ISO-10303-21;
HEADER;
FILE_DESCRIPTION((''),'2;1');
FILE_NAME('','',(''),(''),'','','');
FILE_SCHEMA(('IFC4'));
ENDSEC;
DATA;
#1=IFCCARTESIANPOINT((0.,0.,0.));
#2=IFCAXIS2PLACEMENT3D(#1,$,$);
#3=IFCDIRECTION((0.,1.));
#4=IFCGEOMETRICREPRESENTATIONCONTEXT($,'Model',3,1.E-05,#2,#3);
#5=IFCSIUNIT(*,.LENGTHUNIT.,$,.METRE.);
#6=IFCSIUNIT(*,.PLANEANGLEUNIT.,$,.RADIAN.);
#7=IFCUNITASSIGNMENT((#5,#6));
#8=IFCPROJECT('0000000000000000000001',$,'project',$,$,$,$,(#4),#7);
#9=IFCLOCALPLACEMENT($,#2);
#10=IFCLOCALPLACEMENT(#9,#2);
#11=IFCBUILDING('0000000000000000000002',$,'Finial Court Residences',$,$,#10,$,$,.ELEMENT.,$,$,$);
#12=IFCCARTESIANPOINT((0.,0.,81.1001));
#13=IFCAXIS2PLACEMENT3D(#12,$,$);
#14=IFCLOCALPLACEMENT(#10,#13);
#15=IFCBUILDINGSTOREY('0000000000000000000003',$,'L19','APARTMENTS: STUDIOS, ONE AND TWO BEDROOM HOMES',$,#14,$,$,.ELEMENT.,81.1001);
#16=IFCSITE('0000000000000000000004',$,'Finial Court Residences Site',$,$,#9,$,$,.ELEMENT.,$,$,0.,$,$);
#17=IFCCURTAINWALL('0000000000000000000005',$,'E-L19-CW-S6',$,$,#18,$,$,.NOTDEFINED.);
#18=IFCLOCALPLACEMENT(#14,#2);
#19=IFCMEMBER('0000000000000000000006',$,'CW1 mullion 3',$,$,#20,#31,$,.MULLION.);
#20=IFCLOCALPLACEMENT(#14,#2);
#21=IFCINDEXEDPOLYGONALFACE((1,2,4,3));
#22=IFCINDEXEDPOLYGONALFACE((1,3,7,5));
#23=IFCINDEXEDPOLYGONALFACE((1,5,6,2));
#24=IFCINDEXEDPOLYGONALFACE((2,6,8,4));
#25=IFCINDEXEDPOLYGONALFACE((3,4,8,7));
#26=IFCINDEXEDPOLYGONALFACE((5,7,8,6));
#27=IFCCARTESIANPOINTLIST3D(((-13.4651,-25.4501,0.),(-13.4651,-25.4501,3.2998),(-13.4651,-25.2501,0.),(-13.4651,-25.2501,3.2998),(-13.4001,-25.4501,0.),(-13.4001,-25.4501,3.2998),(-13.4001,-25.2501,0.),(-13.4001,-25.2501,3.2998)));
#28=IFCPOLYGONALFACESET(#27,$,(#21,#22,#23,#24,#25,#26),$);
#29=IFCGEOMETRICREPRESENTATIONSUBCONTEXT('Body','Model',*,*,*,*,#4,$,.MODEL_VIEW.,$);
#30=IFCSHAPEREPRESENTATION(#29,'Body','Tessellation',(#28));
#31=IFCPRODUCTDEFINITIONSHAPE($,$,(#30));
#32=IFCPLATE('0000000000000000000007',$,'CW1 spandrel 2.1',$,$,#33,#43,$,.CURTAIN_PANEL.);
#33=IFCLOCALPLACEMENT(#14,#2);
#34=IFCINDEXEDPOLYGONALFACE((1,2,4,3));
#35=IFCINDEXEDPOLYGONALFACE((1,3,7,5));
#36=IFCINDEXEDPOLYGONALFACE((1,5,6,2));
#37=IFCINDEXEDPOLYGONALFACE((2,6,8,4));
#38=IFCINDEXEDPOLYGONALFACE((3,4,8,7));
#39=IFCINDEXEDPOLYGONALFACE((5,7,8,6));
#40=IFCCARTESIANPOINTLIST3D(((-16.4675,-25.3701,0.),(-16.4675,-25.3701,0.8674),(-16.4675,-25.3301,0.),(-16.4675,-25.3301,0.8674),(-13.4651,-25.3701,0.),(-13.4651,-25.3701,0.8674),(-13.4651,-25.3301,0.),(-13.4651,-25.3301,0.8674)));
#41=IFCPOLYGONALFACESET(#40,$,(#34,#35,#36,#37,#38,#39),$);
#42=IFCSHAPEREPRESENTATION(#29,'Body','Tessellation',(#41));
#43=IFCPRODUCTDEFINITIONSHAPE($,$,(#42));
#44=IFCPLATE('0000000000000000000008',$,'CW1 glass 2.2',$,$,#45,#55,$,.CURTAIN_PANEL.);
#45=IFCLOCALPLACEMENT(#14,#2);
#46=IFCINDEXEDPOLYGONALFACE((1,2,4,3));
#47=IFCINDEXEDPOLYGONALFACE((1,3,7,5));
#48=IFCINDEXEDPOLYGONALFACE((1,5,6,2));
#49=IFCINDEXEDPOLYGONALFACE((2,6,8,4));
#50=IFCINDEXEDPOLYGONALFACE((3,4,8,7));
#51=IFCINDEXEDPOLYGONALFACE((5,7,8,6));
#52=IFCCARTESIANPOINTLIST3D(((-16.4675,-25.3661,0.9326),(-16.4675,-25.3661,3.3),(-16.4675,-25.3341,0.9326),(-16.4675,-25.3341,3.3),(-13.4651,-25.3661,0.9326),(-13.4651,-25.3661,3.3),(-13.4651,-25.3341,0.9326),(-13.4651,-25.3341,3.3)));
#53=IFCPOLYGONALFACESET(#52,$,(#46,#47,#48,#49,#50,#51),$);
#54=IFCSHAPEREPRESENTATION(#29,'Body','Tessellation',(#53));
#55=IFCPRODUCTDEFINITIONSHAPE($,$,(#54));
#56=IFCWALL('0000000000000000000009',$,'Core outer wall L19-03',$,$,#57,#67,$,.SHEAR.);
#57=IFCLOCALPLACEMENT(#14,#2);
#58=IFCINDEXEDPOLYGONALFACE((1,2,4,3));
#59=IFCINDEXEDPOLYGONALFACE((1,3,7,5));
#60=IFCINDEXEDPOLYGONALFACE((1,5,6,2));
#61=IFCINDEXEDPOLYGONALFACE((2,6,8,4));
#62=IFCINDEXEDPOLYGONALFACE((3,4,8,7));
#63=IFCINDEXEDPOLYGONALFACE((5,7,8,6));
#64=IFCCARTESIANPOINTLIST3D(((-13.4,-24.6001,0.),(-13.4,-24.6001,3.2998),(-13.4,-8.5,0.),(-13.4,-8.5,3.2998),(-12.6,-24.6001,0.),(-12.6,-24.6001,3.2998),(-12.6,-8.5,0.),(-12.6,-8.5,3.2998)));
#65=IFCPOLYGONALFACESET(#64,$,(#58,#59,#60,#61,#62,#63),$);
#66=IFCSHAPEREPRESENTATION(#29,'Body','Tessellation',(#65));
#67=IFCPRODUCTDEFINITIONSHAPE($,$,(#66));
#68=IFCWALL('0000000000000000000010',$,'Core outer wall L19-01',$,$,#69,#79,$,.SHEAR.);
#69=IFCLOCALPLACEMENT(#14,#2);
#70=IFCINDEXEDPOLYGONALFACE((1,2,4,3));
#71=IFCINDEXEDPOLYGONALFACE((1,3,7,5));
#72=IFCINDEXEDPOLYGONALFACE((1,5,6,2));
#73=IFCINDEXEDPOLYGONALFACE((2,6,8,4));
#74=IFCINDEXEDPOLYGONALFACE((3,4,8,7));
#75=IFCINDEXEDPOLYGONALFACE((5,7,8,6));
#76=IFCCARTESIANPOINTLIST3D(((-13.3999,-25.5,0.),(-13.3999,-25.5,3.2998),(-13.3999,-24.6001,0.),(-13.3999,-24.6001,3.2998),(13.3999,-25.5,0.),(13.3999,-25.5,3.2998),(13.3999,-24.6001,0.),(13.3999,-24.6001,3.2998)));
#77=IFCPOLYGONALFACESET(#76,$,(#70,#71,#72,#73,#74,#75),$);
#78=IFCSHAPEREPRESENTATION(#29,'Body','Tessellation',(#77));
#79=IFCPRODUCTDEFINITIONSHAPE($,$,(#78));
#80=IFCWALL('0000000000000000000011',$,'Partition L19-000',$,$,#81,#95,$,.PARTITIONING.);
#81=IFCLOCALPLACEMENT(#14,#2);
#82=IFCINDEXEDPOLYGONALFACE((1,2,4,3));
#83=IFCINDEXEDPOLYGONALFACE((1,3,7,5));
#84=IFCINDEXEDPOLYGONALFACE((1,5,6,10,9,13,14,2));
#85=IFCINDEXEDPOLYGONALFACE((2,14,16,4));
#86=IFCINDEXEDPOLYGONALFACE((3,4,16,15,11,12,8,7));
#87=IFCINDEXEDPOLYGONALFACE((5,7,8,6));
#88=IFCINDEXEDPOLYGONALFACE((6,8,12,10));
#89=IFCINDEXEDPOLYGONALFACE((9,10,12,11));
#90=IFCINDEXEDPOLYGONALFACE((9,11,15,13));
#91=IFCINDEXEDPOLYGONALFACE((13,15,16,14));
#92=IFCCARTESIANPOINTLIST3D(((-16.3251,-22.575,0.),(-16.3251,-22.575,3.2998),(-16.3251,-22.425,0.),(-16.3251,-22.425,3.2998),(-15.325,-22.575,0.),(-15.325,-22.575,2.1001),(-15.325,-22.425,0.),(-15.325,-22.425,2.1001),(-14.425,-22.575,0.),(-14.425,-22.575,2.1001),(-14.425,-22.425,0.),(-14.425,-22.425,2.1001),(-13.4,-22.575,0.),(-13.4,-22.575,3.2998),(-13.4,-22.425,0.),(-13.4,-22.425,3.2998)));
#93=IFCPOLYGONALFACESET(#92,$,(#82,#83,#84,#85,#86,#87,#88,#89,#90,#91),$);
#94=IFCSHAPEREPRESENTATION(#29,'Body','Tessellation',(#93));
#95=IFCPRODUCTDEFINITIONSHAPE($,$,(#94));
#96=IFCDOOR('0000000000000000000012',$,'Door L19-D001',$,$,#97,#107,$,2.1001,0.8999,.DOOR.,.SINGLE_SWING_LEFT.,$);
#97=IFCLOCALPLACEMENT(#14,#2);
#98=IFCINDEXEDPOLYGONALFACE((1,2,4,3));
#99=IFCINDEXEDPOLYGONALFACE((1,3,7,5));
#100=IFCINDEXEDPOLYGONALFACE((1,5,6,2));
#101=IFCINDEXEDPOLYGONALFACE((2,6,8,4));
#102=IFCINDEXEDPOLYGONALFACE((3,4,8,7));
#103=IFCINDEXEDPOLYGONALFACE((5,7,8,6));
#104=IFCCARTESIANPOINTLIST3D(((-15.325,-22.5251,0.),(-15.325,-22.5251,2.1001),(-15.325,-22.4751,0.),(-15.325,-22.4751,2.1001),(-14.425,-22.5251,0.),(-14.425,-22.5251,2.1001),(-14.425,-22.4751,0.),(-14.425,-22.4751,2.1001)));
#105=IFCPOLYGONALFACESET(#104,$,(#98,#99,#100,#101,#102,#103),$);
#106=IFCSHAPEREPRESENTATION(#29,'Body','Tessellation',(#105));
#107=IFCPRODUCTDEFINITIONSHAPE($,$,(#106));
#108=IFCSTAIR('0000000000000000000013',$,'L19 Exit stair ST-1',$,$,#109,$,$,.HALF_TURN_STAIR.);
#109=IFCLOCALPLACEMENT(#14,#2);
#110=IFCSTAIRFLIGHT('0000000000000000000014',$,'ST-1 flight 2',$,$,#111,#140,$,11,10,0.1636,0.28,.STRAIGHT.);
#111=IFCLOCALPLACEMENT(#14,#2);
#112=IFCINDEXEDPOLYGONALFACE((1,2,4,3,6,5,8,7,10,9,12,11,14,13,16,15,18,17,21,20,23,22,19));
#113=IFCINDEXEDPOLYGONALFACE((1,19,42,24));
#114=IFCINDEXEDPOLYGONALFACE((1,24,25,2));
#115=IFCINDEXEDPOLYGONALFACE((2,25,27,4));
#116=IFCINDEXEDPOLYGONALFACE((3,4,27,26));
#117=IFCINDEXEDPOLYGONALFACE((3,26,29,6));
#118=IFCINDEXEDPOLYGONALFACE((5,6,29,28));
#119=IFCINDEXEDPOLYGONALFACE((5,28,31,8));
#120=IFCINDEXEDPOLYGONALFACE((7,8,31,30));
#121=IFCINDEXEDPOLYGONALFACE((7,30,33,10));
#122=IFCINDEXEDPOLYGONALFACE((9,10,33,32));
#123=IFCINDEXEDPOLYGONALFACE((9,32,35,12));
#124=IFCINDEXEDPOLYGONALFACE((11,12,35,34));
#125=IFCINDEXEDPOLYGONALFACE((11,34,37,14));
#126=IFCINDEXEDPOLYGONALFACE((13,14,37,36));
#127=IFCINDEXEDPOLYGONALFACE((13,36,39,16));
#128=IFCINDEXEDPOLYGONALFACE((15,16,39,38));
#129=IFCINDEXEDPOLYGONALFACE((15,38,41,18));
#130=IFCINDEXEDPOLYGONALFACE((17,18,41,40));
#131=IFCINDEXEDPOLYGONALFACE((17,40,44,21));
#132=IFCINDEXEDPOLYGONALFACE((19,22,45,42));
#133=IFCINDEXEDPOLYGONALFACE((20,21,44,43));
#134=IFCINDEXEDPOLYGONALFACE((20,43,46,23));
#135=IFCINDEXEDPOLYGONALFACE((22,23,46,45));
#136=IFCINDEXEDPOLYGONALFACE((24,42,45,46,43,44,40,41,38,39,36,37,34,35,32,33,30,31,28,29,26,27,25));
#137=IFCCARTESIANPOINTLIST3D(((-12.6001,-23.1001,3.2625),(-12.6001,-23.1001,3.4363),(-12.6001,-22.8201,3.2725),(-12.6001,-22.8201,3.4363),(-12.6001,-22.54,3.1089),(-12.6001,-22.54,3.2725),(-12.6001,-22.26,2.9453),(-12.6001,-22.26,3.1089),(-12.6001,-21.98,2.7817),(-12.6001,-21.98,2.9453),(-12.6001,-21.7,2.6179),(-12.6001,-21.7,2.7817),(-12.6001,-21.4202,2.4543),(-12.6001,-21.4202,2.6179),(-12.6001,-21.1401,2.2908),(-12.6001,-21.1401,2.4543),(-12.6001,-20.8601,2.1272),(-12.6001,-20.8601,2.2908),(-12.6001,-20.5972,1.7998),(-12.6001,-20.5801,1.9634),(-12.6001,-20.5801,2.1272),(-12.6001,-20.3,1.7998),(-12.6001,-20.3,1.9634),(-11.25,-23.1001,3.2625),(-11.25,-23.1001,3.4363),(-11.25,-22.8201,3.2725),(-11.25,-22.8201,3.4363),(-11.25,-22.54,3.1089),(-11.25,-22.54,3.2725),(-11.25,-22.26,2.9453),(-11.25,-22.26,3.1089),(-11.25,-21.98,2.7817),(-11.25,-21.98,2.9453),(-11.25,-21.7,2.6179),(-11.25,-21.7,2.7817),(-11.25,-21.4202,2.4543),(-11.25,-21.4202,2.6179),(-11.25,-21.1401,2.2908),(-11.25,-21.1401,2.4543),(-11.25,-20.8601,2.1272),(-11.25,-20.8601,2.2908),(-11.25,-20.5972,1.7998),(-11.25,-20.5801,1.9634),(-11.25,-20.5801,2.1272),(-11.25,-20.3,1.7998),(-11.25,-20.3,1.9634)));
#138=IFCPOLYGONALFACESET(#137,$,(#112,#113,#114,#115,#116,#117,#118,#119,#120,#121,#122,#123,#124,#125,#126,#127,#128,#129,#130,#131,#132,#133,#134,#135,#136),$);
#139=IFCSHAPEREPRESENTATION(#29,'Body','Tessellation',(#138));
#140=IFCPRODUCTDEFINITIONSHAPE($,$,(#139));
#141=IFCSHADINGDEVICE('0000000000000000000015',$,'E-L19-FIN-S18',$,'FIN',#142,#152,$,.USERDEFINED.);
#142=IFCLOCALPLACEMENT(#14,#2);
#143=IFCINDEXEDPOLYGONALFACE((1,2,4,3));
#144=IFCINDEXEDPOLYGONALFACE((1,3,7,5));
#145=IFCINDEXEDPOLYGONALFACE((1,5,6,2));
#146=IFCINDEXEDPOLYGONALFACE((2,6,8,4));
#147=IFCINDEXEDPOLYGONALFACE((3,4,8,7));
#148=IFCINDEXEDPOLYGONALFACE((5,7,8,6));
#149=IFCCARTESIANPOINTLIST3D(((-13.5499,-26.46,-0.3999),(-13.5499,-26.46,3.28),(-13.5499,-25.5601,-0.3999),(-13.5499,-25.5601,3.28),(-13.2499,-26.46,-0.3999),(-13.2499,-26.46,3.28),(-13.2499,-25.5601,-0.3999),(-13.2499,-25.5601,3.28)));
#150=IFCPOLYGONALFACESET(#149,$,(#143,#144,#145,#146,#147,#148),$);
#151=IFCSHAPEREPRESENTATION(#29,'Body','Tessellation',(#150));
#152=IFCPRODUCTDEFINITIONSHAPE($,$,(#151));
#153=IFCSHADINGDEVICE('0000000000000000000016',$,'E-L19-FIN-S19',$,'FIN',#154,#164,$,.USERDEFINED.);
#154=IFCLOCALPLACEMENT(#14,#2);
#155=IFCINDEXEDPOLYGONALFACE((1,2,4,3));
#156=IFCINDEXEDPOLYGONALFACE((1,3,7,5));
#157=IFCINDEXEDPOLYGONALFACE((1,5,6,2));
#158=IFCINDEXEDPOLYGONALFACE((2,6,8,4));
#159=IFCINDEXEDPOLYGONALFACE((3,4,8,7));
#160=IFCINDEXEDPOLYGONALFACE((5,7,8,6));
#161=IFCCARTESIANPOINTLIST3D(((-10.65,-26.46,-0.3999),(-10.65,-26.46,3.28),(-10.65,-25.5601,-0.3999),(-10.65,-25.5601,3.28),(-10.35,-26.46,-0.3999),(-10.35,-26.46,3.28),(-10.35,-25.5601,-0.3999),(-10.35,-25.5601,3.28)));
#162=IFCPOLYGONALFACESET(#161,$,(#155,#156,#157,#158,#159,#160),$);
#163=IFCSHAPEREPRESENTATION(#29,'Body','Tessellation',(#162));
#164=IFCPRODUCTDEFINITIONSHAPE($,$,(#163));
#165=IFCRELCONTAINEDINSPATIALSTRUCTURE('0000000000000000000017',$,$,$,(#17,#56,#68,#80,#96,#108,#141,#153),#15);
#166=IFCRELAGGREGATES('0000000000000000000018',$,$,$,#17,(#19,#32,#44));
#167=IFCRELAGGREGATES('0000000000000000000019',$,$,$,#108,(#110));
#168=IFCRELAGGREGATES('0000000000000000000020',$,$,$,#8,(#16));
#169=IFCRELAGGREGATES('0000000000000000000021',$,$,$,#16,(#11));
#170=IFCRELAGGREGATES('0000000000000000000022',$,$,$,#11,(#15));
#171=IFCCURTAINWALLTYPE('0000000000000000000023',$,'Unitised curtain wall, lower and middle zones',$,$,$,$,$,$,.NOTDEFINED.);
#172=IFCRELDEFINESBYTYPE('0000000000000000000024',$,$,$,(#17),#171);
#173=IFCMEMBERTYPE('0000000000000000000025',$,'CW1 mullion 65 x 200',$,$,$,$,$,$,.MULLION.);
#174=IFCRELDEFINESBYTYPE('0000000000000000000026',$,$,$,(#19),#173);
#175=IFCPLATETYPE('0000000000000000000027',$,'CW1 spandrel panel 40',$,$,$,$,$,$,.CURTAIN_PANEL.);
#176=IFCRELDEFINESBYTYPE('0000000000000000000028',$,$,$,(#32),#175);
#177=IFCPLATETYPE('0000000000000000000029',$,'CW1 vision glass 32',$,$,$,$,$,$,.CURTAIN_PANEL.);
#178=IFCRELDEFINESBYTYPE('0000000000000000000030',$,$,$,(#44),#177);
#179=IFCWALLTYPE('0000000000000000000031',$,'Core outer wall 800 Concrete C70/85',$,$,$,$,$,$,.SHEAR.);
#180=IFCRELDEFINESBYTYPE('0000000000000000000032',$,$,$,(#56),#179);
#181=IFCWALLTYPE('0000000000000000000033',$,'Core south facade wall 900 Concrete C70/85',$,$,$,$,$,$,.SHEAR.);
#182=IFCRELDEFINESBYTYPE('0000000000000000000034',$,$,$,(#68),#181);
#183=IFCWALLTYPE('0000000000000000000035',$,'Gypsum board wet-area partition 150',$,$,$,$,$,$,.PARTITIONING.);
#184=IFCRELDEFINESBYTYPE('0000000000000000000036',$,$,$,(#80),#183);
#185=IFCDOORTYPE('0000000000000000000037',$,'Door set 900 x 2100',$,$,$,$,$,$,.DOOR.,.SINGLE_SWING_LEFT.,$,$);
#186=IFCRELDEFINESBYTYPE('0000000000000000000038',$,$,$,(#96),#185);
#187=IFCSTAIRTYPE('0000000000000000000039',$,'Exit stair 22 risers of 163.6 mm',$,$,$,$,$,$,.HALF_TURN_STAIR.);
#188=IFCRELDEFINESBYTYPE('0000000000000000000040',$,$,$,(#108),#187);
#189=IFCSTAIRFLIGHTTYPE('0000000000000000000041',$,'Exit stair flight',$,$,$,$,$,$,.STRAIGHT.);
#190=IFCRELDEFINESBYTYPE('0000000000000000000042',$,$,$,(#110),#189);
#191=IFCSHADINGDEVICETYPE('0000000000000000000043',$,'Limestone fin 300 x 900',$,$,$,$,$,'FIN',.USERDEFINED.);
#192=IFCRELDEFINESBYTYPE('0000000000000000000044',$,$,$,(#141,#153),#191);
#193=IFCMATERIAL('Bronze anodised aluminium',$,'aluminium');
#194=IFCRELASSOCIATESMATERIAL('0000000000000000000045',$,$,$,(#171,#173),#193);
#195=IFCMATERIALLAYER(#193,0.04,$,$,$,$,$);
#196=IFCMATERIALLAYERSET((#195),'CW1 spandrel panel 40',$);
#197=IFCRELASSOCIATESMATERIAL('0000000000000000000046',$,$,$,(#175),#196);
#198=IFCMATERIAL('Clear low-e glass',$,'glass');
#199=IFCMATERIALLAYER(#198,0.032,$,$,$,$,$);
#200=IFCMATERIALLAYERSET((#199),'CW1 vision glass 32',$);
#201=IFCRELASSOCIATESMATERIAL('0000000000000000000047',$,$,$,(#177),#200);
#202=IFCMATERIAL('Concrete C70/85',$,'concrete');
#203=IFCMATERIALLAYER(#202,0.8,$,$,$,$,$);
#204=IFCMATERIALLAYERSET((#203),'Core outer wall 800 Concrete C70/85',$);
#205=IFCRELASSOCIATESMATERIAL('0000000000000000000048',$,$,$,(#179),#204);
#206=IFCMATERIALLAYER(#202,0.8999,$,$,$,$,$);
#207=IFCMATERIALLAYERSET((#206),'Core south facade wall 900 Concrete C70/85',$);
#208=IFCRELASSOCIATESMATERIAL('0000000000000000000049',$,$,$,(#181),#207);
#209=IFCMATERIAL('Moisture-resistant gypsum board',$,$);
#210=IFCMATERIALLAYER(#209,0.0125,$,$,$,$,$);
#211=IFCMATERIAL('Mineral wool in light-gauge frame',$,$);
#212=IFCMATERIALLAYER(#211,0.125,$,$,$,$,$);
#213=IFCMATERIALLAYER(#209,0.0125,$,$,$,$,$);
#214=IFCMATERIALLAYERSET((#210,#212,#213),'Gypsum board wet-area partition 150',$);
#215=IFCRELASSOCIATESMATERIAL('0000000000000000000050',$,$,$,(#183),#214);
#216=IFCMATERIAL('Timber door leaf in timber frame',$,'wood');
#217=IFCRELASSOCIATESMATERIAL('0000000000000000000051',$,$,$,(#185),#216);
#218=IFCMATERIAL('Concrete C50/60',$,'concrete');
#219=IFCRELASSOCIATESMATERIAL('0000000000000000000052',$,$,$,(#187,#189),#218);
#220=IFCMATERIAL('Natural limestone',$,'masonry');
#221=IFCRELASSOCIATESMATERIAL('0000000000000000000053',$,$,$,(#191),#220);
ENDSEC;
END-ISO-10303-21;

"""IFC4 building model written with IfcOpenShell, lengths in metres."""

from ifc_helpers import new_model, si_unit, direction, frame, frame_2d, origin, origin_2d, place, context, subcontext, project, spatial, polyline, rectangle, outline, extrude, material, layer, layer_set, material_profile, profile_set, type_object, element, fill, aggregate, save


model = new_model("IFC4")

# Units and contexts
model_context = context("Model", 3, precision=1e-05, world=origin(), true_north=direction((0.0, 1.0)))
body_context = subcontext(model_context, "Body", "Model", "MODEL_VIEW")
ifc_project = project(units=[si_unit("LENGTHUNIT", "METRE"), si_unit("PLANEANGLEUNIT", "RADIAN")], contexts=[model_context])

# Site, building, storey
site_placement = place(None, origin())
site = spatial("IfcSite", under=ifc_project, at=site_placement, Name="Finial Court Residences Site", CompositionType="ELEMENT", RefElevation=0.0)
building_placement = place(site_placement, origin())
building = spatial("IfcBuilding", under=site, at=building_placement, Name="Finial Court Residences", CompositionType="ELEMENT")
storey_placement = place(building_placement, frame((0.0, 0.0, 81.1001)))
storey = spatial("IfcBuildingStorey", under=building, at=storey_placement, Name="L19", Description="APARTMENTS: STUDIOS, ONE AND TWO BEDROOM HOMES", CompositionType="ELEMENT", Elevation=81.1001)

# Curtain wall, member, plates
ifc_material_1 = material(Name="Bronze anodised aluminium", Category="aluminium")
curtain_wall_type = type_object("IfcCurtainWallType", Name="Unitised curtain wall, lower and middle zones", PredefinedType="NOTDEFINED", material=ifc_material_1)
curtain_wall_placement = place(storey_placement, origin())
curtain_wall = element("IfcCurtainWall", 1, at=curtain_wall_placement, inside=storey, type_object=curtain_wall_type, Name="E-L19-CW-S6", PredefinedType="NOTDEFINED")
ifc_material_profile = material_profile(ifc_material_1, rectangle(XDim=0.2, YDim=0.0649, at=origin_2d()), Name="CW1 mullion 65 x 200")
ifc_profile_set = profile_set([ifc_material_profile], Name="Bronze anodised aluminium")
member_type = type_object("IfcMemberType", Name="CW1 mullion 65 x 200", PredefinedType="MULLION", material=ifc_profile_set)
member_placement = place(storey_placement, frame((-13.4326, -25.3501, 0.0), z_axis=(0.0, 0.0, 1.0), x_axis=(0.0, 1.0, 0.0)))
member = element("IfcMember", 2, at=member_placement, type_object=member_type, Name="CW1 mullion 3", PredefinedType="MULLION", context=body_context, shape_type="SweptSolid", body=[
    extrude(rectangle(XDim=0.2, YDim=0.0649, at=origin_2d()), origin(), (0.0, 0.0, 1.0), 3.2998),
])
ifc_layer_1 = layer(ifc_material_1, 0.04)
ifc_layer_set_1 = layer_set([ifc_layer_1], Name="CW1 spandrel panel 40")
plate_type_1 = type_object("IfcPlateType", Name="CW1 spandrel panel 40", PredefinedType="CURTAIN_PANEL", material=ifc_layer_set_1)
plate_1_placement = place(storey_placement, frame((-14.9663, -25.3501, 0.0), z_axis=(0.0, 0.0, 1.0), x_axis=(1.0, 0.0, 0.0)))
plate_1 = element("IfcPlate", 3, at=plate_1_placement, type_object=plate_type_1, Name="CW1 spandrel 2.1", PredefinedType="CURTAIN_PANEL", context=body_context, shape_type="SweptSolid", body=[
    extrude(rectangle(XDim=3.0024, YDim=0.04, at=origin_2d()), origin(), (0.0, 0.0, 1.0), 0.8674),
])
ifc_material_2 = material(Name="Clear low-e glass", Category="glass")
ifc_layer_2 = layer(ifc_material_2, 0.032)
ifc_layer_set_2 = layer_set([ifc_layer_2], Name="CW1 vision glass 32")
plate_type_2 = type_object("IfcPlateType", Name="CW1 vision glass 32", PredefinedType="CURTAIN_PANEL", material=ifc_layer_set_2)
plate_2_placement = place(storey_placement, frame((-14.9663, -25.3501, 0.9326), z_axis=(0.0, 0.0, 1.0), x_axis=(1.0, 0.0, 0.0)))
plate_2 = element("IfcPlate", 4, at=plate_2_placement, type_object=plate_type_2, Name="CW1 glass 2.2", PredefinedType="CURTAIN_PANEL", context=body_context, shape_type="SweptSolid", body=[
    extrude(rectangle(XDim=3.0024, YDim=0.032, at=origin_2d()), origin(), (0.0, 0.0, 1.0), 2.3674),
])
aggregate(curtain_wall, [member, plate_1, plate_2])

# Walls
ifc_material_3 = material(Name="Concrete C70/85", Category="concrete")
ifc_layer_3 = layer(ifc_material_3, 0.8)
ifc_layer_set_3 = layer_set([ifc_layer_3], Name="Core outer wall 800 Concrete C70/85")
wall_type_1 = type_object("IfcWallType", Name="Core outer wall 800 Concrete C70/85", PredefinedType="SHEAR", material=ifc_layer_set_3)
wall_1_placement = place(storey_placement, frame((-13.0, -24.6001, 0.0), z_axis=(0.0, 0.0, 1.0), x_axis=(0.0, 1.0, 0.0)))
element("IfcWall", 5, at=wall_1_placement, inside=storey, type_object=wall_type_1, Name="Core outer wall L19-03", PredefinedType="SHEAR", context=body_context, shape_type="SweptSolid", body=[
    extrude(rectangle(XDim=16.1001, YDim=0.8, at=frame_2d((8.05, 0.0))), origin(), (0.0, 0.0, 1.0), 3.2998),
])
ifc_layer_4 = layer(ifc_material_3, 0.8999)
ifc_layer_set_4 = layer_set([ifc_layer_4], Name="Core south facade wall 900 Concrete C70/85")
wall_type_2 = type_object("IfcWallType", Name="Core south facade wall 900 Concrete C70/85", PredefinedType="SHEAR", material=ifc_layer_set_4)
wall_2_placement = place(storey_placement, frame((-13.3999, -25.05, 0.0), z_axis=(0.0, 0.0, 1.0), x_axis=(1.0, 0.0, 0.0)))
element("IfcWall", 6, at=wall_2_placement, inside=storey, type_object=wall_type_2, Name="Core outer wall L19-01", PredefinedType="SHEAR", context=body_context, shape_type="SweptSolid", body=[
    extrude(rectangle(XDim=26.7998, YDim=0.8999, at=frame_2d((13.3999, 0.0))), origin(), (0.0, 0.0, 1.0), 3.2998),
])

# Wall, opening, door
ifc_material_4 = material(Name="Moisture-resistant gypsum board")
ifc_layer_5 = layer(ifc_material_4, 0.0125)
ifc_material_5 = material(Name="Mineral wool in light-gauge frame")
ifc_layer_6 = layer(ifc_material_5, 0.125)
ifc_layer_7 = layer(ifc_material_4, 0.0125)
ifc_layer_set_5 = layer_set([ifc_layer_5, ifc_layer_6, ifc_layer_7], Name="Gypsum board wet-area partition 150")
wall_type_3 = type_object("IfcWallType", Name="Gypsum board wet-area partition 150", PredefinedType="PARTITIONING", material=ifc_layer_set_5)
wall_3_placement = place(storey_placement, frame((-16.325, -22.5, 0.0), z_axis=(0.0, 0.0, 1.0), x_axis=(1.0, 0.0, 0.0)))
wall_3 = element("IfcWall", 7, at=wall_3_placement, inside=storey, type_object=wall_type_3, Name="Partition L19-000", PredefinedType="PARTITIONING", context=body_context, shape_type="SweptSolid", body=[
    extrude(rectangle(XDim=2.925, YDim=0.1499, at=frame_2d((1.4624, 0.0))), origin(), (0.0, 0.0, 1.0), 3.2998),
])
opening_placement = place(wall_3_placement, frame((1.0, 0.0, 0.0)))
opening = element("IfcOpeningElement", 8, at=opening_placement, cuts=wall_3, PredefinedType="OPENING", context=body_context, shape_type="SweptSolid", body=[
    extrude(rectangle(XDim=0.8999, YDim=2.1001, at=frame_2d((0.45, 1.05))), frame((0.0, 0.085, 0.0), z_axis=(0.0, -1.0, 0.0), x_axis=(1.0, 0.0, 0.0)), (0.0, 0.0, 1.0), 0.1699),
])
ifc_material_6 = material(Name="Timber door leaf in timber frame", Category="wood")
door_type = type_object("IfcDoorType", Name="Door set 900 x 2100", OperationType="SINGLE_SWING_LEFT", PredefinedType="DOOR", material=ifc_material_6)
door_placement = place(opening_placement, origin())
door = element("IfcDoor", 9, at=door_placement, inside=storey, type_object=door_type, Name="Door L19-D001", OperationType="SINGLE_SWING_LEFT", OverallHeight=2.1001, OverallWidth=0.8999, PredefinedType="DOOR", context=body_context, shape_type="SweptSolid", body=[
    extrude(rectangle(XDim=0.8999, YDim=2.1001, at=frame_2d((0.45, 1.05))), frame((0.0, 0.0249, 0.0), z_axis=(0.0, -1.0, 0.0), x_axis=(1.0, 0.0, 0.0)), (0.0, 0.0, 1.0), 0.05),
])
fill(opening, door)

# Stair, stair flight
ifc_material_7 = material(Name="Concrete C50/60", Category="concrete")
stair_type = type_object("IfcStairType", Name="Exit stair 22 risers of 163.6 mm", PredefinedType="HALF_TURN_STAIR", material=ifc_material_7)
stair_placement = place(storey_placement, origin())
stair = element("IfcStair", 10, at=stair_placement, inside=storey, type_object=stair_type, Name="L19 Exit stair ST-1", PredefinedType="HALF_TURN_STAIR")
stair_flight_type = type_object("IfcStairFlightType", Name="Exit stair flight", PredefinedType="STRAIGHT", material=ifc_material_7)
stair_flight_placement = place(storey_placement, frame((-11.925, -20.3, 1.7998), z_axis=(0.0, 0.0, 1.0), x_axis=(0.0, -1.0, 0.0)))
stair_flight = element("IfcStairFlight", 11, at=stair_flight_placement, type_object=stair_flight_type, Name="ST-1 flight 2", NumberOfRisers=11, NumberOfTreads=10, PredefinedType="STRAIGHT", RiserHeight=0.1636, TreadLength=0.28, context=body_context, shape_type="SweptSolid", body=[
    extrude(outline(polyline([(0.0, 0.0), (0.0, 0.1636), (0.28, 0.1636), (0.28, 0.3274), (0.5601, 0.3274), (0.5601, 0.491), (0.8401, 0.491), (0.8401, 0.6545), (1.1201, 0.6545), (1.1201, 0.8181), (1.3999, 0.8181), (1.3999, 0.9819), (1.6799, 0.9819), (1.6799, 1.1455), (1.96, 1.1455), (1.96, 1.3091), (2.24, 1.3091), (2.24, 1.4727), (2.52, 1.4727), (2.52, 1.6365), (2.8, 1.6365), (2.8, 1.8), (2.8, 1.4626), (0.2971, 0.0), (0.0, 0.0)])), frame((0.0, 0.675, 0.0), z_axis=(0.0, -1.0, 0.0), x_axis=(1.0, 0.0, 0.0)), (0.0, 0.0, 1.0), 1.3501),
])
aggregate(stair, [stair_flight])

# Shading devices
ifc_material_8 = material(Name="Natural limestone", Category="masonry")
shading_device_type = type_object("IfcShadingDeviceType", Name="Limestone fin 300 x 900", ElementType="FIN", PredefinedType="USERDEFINED", material=ifc_material_8)
for number, where, z_axis, x_axis, name in (
    (12, (-13.3999, -26.01, -0.3999), (0.0, 0.0, 1.0), (1.0, 0.0, 0.0), "E-L19-FIN-S18"),
    (13, (-10.5, -26.01, -0.3999), (0.0, 0.0, 1.0), (1.0, 0.0, 0.0), "E-L19-FIN-S19"),
):
    element("IfcShadingDevice", number, at=place(storey_placement, frame(where, z_axis=z_axis, x_axis=x_axis)), inside=storey, type_object=shading_device_type, Name=name, ObjectType="FIN", PredefinedType="USERDEFINED", context=body_context, shape_type="SweptSolid", body=[
        extrude(rectangle(XDim=0.3, YDim=0.8999, at=origin_2d()), origin(), (0.0, 0.0, 1.0), 3.6799),
    ])

save(model, "model.ifc")
